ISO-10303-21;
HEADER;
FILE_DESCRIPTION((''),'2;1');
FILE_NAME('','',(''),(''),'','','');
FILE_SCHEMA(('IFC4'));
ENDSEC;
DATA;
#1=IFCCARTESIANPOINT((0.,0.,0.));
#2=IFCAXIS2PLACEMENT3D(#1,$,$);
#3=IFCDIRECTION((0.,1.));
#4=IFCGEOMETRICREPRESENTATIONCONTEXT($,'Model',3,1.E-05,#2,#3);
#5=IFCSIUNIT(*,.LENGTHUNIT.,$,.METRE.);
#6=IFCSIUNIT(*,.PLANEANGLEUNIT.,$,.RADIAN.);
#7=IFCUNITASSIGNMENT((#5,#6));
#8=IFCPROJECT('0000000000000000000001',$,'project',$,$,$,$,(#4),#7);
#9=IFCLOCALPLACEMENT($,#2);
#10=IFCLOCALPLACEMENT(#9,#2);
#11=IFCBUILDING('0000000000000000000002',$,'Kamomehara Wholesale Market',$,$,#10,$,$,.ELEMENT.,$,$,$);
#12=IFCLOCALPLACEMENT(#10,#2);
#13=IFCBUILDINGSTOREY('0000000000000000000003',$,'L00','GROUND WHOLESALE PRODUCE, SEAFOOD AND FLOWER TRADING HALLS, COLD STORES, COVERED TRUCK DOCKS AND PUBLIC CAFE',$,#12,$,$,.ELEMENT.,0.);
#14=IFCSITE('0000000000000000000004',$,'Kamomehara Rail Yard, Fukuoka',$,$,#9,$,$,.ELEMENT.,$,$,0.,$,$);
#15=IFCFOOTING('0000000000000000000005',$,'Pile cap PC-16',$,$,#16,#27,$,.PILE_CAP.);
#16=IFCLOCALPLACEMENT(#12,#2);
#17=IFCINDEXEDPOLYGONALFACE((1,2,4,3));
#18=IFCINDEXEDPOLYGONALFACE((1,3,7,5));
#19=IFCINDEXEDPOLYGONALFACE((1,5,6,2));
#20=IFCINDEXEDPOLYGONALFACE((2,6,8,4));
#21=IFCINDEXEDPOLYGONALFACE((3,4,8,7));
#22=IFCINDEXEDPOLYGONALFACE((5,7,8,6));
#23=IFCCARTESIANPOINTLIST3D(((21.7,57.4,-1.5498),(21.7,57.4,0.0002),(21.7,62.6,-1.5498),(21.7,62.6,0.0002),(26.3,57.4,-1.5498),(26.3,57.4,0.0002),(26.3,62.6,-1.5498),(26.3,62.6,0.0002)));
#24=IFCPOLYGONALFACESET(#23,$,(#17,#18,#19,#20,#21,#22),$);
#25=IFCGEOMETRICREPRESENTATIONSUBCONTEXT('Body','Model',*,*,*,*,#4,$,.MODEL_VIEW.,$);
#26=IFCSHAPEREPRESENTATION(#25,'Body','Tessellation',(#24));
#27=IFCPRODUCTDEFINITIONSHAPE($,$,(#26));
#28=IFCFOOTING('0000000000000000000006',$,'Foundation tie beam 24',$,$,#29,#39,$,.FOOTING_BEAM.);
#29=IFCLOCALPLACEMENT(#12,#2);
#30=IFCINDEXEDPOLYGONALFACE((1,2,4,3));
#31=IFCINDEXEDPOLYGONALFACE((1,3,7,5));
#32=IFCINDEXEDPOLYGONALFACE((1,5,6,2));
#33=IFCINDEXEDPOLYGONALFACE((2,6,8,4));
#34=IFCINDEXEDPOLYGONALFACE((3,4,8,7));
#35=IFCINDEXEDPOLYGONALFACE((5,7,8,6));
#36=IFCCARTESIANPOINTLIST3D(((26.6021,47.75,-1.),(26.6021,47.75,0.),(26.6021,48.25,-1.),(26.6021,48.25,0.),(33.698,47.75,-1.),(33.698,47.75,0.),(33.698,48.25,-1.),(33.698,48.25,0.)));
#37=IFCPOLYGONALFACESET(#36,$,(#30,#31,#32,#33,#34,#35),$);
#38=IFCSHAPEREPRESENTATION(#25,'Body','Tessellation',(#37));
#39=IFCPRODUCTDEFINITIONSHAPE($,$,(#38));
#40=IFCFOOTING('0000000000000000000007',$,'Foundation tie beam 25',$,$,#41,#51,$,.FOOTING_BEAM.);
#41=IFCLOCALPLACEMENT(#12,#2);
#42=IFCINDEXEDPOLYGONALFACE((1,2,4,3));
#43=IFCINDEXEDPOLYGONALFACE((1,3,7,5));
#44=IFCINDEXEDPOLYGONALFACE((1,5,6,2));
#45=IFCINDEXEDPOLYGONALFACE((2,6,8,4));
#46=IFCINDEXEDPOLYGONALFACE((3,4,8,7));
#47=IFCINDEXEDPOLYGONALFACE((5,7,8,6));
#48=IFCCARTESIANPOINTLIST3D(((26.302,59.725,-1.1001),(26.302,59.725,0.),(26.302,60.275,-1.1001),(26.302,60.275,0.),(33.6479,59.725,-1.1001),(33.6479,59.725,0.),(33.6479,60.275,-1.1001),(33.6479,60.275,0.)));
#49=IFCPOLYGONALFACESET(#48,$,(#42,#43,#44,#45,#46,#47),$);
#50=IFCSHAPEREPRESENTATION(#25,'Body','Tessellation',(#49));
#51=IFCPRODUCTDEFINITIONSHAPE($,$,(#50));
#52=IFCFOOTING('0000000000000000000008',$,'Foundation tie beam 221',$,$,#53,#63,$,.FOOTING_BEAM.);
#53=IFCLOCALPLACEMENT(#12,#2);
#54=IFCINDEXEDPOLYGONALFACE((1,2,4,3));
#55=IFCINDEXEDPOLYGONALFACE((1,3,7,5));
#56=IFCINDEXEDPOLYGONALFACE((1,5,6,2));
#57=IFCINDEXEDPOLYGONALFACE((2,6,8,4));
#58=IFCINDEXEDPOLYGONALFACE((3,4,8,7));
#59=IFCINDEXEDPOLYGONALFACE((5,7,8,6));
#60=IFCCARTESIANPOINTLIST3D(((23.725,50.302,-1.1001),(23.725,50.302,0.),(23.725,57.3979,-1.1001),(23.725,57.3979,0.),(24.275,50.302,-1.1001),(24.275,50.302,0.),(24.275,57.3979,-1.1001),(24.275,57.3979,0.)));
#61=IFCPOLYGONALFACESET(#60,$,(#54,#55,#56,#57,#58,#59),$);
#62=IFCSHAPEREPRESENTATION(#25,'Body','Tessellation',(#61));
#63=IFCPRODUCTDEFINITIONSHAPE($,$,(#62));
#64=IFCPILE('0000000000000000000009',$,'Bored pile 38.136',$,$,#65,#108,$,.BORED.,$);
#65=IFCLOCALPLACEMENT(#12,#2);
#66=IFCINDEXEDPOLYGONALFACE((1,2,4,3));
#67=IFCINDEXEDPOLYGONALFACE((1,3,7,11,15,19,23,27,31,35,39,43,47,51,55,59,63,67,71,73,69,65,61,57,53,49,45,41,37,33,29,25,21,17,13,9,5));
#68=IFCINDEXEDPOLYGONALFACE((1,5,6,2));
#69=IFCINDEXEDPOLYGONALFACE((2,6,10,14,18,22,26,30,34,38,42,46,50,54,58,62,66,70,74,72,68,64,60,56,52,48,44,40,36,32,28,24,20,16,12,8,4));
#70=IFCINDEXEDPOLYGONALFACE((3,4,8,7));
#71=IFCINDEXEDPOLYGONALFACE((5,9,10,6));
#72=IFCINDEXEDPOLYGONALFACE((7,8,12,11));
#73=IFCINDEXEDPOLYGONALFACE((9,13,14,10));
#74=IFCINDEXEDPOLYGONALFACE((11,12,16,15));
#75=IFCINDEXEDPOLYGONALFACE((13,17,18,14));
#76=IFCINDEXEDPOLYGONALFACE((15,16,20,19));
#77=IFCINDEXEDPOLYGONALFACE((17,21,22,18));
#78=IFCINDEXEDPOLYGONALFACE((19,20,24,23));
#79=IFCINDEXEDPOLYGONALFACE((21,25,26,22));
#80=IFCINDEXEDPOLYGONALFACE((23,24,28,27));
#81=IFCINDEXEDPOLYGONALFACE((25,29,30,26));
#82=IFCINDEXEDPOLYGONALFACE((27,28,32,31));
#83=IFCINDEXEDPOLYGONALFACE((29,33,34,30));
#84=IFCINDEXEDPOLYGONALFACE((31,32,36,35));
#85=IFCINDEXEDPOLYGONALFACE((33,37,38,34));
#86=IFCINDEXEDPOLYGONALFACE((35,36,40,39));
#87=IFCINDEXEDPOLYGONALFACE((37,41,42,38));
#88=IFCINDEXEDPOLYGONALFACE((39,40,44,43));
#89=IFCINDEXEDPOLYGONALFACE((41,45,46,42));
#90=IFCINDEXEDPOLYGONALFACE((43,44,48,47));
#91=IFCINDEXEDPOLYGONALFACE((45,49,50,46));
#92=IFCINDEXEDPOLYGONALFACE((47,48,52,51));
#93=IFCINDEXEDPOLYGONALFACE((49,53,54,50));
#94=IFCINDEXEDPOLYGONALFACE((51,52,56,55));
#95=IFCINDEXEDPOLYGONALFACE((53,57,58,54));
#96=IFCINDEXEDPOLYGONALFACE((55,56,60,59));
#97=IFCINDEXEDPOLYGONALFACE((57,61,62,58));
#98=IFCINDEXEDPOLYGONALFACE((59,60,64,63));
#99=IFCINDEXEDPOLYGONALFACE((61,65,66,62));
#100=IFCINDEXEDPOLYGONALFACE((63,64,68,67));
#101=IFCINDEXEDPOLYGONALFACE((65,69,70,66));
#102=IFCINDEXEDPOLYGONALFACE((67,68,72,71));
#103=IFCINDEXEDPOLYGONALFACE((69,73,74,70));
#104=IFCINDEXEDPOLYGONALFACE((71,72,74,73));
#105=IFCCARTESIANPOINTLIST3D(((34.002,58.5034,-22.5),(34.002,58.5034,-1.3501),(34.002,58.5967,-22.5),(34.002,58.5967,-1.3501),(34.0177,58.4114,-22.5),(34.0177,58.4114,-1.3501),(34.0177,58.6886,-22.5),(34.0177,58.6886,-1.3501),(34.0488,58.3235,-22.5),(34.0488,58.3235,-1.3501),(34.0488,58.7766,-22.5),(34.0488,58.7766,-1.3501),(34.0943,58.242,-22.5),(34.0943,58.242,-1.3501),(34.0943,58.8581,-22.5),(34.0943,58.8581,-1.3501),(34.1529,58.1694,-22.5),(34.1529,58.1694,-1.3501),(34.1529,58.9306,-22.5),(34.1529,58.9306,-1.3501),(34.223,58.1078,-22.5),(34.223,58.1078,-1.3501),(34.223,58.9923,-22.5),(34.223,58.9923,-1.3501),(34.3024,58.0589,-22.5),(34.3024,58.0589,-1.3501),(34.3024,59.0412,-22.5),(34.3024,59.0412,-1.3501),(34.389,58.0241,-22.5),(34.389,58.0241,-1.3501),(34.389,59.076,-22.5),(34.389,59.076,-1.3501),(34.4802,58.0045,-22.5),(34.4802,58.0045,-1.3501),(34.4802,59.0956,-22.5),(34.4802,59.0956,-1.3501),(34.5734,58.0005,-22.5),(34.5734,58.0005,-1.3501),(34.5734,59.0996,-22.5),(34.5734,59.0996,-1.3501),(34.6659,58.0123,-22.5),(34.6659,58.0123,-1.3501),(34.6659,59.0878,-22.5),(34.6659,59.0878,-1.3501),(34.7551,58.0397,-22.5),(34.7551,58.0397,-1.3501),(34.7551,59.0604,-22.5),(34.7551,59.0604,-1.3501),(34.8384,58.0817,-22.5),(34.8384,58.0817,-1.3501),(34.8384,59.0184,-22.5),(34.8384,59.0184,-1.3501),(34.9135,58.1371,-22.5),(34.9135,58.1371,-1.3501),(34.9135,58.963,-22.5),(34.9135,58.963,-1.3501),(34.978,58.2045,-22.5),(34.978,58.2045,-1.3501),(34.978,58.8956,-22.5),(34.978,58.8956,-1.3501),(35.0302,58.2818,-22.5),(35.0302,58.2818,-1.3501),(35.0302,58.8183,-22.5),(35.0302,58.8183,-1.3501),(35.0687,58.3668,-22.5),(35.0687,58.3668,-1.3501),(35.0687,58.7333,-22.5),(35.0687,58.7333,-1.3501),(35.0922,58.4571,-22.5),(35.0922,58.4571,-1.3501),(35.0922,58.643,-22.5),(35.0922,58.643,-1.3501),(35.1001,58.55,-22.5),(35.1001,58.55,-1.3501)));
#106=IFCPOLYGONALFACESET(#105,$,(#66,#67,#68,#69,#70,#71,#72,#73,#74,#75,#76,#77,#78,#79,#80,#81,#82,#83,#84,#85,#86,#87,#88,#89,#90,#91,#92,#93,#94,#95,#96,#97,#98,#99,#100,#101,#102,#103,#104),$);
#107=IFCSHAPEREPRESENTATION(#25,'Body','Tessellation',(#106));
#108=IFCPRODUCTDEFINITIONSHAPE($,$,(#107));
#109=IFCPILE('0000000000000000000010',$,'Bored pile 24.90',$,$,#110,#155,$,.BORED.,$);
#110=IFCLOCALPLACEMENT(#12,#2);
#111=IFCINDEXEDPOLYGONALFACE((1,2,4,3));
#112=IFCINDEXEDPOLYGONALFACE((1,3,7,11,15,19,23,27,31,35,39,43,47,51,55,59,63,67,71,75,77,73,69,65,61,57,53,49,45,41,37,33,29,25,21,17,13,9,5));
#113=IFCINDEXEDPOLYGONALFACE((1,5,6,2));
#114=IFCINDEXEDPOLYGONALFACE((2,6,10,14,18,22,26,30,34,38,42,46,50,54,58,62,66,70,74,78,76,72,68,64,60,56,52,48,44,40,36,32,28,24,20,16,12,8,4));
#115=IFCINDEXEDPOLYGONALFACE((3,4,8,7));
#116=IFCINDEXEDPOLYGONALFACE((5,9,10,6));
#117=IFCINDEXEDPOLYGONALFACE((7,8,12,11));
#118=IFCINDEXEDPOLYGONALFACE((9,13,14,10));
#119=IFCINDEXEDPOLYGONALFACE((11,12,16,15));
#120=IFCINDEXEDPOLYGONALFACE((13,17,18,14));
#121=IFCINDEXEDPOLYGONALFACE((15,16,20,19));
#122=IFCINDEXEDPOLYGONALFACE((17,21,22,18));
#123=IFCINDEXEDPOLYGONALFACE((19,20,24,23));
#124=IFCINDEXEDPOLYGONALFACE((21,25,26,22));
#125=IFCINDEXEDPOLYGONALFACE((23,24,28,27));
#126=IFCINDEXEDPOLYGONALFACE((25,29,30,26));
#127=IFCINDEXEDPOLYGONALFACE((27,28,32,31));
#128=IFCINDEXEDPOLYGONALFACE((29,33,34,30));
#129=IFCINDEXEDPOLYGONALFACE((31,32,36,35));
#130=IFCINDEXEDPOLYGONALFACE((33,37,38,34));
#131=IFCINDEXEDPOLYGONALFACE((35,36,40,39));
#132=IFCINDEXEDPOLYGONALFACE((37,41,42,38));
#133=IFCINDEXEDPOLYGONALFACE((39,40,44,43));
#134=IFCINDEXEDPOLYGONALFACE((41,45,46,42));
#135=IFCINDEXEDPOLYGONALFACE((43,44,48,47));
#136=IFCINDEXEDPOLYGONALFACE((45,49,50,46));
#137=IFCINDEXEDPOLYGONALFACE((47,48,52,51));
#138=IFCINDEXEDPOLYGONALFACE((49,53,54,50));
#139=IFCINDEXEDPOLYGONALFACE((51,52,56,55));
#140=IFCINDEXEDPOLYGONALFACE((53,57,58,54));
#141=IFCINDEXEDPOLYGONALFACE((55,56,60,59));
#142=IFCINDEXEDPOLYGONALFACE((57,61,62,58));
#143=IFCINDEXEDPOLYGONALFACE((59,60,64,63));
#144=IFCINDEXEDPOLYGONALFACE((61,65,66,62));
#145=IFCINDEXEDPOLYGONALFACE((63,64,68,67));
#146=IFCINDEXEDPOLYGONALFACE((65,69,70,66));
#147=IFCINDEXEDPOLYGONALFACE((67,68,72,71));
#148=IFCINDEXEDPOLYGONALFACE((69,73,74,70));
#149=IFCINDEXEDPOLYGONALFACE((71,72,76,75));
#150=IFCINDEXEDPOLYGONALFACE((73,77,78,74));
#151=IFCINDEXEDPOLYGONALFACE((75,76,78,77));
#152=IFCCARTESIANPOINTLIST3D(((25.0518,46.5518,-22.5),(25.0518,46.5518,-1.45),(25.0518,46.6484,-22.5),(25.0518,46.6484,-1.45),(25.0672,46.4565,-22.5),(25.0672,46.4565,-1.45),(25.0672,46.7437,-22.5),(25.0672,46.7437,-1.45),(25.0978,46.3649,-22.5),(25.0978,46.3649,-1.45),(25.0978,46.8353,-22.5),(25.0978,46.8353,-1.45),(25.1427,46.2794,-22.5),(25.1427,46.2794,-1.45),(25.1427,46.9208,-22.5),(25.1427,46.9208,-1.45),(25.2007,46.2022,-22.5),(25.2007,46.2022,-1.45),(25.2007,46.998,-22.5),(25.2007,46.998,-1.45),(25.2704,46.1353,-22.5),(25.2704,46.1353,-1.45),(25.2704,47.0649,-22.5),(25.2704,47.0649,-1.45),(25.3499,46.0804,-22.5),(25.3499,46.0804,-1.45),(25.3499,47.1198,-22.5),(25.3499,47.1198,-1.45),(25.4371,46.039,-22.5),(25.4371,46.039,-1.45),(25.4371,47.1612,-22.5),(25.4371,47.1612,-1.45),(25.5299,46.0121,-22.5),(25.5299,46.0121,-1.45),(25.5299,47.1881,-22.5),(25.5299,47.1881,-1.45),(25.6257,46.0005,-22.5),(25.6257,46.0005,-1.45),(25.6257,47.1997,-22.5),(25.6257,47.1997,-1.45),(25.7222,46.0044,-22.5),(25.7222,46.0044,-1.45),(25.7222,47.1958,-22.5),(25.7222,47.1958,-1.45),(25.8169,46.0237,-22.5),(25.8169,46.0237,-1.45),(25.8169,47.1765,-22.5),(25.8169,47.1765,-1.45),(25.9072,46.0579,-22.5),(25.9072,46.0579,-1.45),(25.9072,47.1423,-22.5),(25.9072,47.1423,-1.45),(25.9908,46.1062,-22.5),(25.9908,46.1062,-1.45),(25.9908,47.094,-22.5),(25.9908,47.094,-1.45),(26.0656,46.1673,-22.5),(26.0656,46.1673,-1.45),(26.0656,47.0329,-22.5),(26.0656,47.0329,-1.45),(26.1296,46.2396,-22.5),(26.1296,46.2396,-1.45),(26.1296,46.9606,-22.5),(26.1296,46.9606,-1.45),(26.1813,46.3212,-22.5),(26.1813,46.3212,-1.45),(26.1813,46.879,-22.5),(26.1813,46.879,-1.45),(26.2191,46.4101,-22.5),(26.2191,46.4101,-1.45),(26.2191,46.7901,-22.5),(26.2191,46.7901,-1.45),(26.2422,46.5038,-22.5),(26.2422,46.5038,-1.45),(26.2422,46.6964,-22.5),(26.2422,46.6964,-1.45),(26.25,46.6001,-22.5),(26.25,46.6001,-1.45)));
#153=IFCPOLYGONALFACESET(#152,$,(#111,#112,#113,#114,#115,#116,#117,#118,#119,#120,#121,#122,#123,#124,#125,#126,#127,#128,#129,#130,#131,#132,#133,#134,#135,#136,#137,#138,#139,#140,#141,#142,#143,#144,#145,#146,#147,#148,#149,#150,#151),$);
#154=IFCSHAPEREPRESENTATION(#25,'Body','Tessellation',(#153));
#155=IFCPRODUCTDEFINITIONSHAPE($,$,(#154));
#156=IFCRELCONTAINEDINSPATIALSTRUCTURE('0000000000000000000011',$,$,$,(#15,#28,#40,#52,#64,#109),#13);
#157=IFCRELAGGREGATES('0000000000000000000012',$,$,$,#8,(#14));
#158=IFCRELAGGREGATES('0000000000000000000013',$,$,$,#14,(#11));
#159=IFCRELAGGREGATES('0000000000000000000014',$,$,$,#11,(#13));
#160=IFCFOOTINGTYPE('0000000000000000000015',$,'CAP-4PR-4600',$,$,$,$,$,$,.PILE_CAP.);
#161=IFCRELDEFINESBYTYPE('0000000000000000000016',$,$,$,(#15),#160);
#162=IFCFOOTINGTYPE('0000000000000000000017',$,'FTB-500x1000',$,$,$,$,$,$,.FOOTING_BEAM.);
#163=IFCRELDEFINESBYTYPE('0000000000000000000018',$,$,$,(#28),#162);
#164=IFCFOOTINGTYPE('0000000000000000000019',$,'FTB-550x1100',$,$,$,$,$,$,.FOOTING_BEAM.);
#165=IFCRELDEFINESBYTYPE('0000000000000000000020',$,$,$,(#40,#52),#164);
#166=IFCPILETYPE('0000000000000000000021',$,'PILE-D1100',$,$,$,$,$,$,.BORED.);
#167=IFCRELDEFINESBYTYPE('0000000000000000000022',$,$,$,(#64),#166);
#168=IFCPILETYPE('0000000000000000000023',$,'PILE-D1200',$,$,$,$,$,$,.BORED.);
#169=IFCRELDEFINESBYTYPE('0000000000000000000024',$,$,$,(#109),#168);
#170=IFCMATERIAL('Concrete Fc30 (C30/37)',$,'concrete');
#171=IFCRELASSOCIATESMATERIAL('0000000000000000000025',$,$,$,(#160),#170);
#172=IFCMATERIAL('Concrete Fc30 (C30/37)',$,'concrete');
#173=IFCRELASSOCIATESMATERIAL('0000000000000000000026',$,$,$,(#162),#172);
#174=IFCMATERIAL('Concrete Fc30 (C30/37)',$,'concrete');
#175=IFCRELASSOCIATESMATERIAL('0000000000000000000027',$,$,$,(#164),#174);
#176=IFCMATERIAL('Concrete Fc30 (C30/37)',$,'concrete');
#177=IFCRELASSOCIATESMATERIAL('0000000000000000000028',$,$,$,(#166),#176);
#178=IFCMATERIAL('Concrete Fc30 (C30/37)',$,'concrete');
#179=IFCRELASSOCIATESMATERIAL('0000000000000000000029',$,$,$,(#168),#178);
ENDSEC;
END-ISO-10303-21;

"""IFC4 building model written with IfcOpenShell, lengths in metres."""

from ifc_helpers import new_model, si_unit, direction, frame, origin, origin_2d, place, context, subcontext, project, spatial, rectangle, circle, extrude, material, material_profile, profile_set, type_object, element, save


model = new_model("IFC4")

# Units and contexts
model_context = context("Model", 3, precision=1e-05, world=origin(), true_north=direction((0.0, 1.0)))
body_context = subcontext(model_context, "Body", "Model", "MODEL_VIEW")
ifc_project = project(units=[si_unit("LENGTHUNIT", "METRE"), si_unit("PLANEANGLEUNIT", "RADIAN")], contexts=[model_context])

# Site, building, storey
site_placement = place(None, origin())
site = spatial("IfcSite", under=ifc_project, at=site_placement, Name="Kamomehara Rail Yard, Fukuoka", CompositionType="ELEMENT", RefElevation=0.0)
building_placement = place(site_placement, origin())
building = spatial("IfcBuilding", under=site, at=building_placement, Name="Kamomehara Wholesale Market", CompositionType="ELEMENT")
storey_placement = place(building_placement, origin())
storey = spatial("IfcBuildingStorey", under=building, at=storey_placement, Name="L00", Description="GROUND WHOLESALE PRODUCE, SEAFOOD AND FLOWER TRADING HALLS, COLD STORES, COVERED TRUCK DOCKS AND PUBLIC CAFE", CompositionType="ELEMENT", Elevation=0.0)

# Footings
ifc_material_1 = material(Name="Concrete Fc30 (C30/37)", Category="concrete")
footing_type_1 = type_object("IfcFootingType", Name="CAP-4PR-4600", PredefinedType="PILE_CAP", material=ifc_material_1)
footing_1_placement = place(storey_placement, frame((24.0, 60.0, -1.5498), z_axis=(0.0, 0.0, 1.0), x_axis=(1.0, 0.0, 0.0)))
element("IfcFooting", 1, at=footing_1_placement, inside=storey, type_object=footing_type_1, Name="Pile cap PC-16", PredefinedType="PILE_CAP", context=body_context, shape_type="SweptSolid", body=[
    extrude(rectangle(XDim=4.6001, YDim=5.2, at=origin_2d()), origin(), (0.0, 0.0, 1.0), 1.55),
])
ifc_material_2 = material(Name="Concrete Fc30 (C30/37)", Category="concrete")
ifc_material_profile_1 = material_profile(ifc_material_2, rectangle(XDim=0.5, YDim=1.0, at=origin_2d()), Name="RC-FTB-500x1000")
ifc_profile_set_1 = profile_set([ifc_material_profile_1], Name="Concrete Fc30 (C30/37)")
footing_type_2 = type_object("IfcFootingType", Name="FTB-500x1000", PredefinedType="FOOTING_BEAM", material=ifc_profile_set_1)
footing_2_placement = place(storey_placement, frame((26.6021, 48.0, -0.5), z_axis=(1.0, 0.0, 0.0), x_axis=(0.0, 1.0, 0.0)))
element("IfcFooting", 2, at=footing_2_placement, inside=storey, type_object=footing_type_2, Name="Foundation tie beam 24", PredefinedType="FOOTING_BEAM", context=body_context, shape_type="SweptSolid", body=[
    extrude(rectangle(XDim=0.5, YDim=1.0, at=origin_2d()), origin(), (0.0, 0.0, 1.0), 7.0959),
])
ifc_material_3 = material(Name="Concrete Fc30 (C30/37)", Category="concrete")
ifc_material_profile_2 = material_profile(ifc_material_3, rectangle(XDim=0.55, YDim=1.1001, at=origin_2d()), Name="RC-FTB-550x1100")
ifc_profile_set_2 = profile_set([ifc_material_profile_2], Name="Concrete Fc30 (C30/37)")
footing_type_3 = type_object("IfcFootingType", Name="FTB-550x1100", PredefinedType="FOOTING_BEAM", material=ifc_profile_set_2)
footing_3_placement = place(storey_placement, frame((26.302, 60.0, -0.55), z_axis=(1.0, 0.0, 0.0), x_axis=(0.0, 1.0, 0.0)))
element("IfcFooting", 3, at=footing_3_placement, inside=storey, type_object=footing_type_3, Name="Foundation tie beam 25", PredefinedType="FOOTING_BEAM", context=body_context, shape_type="SweptSolid", body=[
    extrude(rectangle(XDim=0.55, YDim=1.1001, at=origin_2d()), origin(), (0.0, 0.0, 1.0), 7.3459),
])
footing_4_placement = place(storey_placement, frame((24.0, 50.302, -0.55), z_axis=(0.0, 1.0, 0.0), x_axis=(-1.0, 0.0, 0.0)))
element("IfcFooting", 4, at=footing_4_placement, inside=storey, type_object=footing_type_3, Name="Foundation tie beam 221", PredefinedType="FOOTING_BEAM", context=body_context, shape_type="SweptSolid", body=[
    extrude(rectangle(XDim=0.55, YDim=1.1001, at=origin_2d()), origin(), (0.0, 0.0, 1.0), 7.0959),
])

# Piles
ifc_material_4 = material(Name="Concrete Fc30 (C30/37)", Category="concrete")
ifc_material_profile_3 = material_profile(ifc_material_4, circle(Radius=0.55, at=origin_2d()), Name="RC-PILE-D1100")
ifc_profile_set_3 = profile_set([ifc_material_profile_3], Name="Concrete Fc30 (C30/37)")
pile_type_1 = type_object("IfcPileType", Name="PILE-D1100", PredefinedType="BORED", material=ifc_profile_set_3)
pile_placement = place(storey_placement, frame((34.55, 58.55, -1.3501), z_axis=(0.0, 0.0, -1.0), x_axis=(1.0, 0.0, 0.0)))
element("IfcPile", 5, at=pile_placement, inside=storey, type_object=pile_type_1, Name="Bored pile 38.136", PredefinedType="BORED", context=body_context, shape_type="SweptSolid", body=[
    extrude(circle(Radius=0.55, at=origin_2d()), origin(), (0.0, 0.0, 1.0), 21.1499),
])
ifc_material_5 = material(Name="Concrete Fc30 (C30/37)", Category="concrete")
ifc_material_profile_4 = material_profile(ifc_material_5, circle(Radius=0.6001, at=origin_2d()), Name="RC-PILE-D1200")
ifc_profile_set_4 = profile_set([ifc_material_profile_4], Name="Concrete Fc30 (C30/37)")
pile_type_2 = type_object("IfcPileType", Name="PILE-D1200", PredefinedType="BORED", material=ifc_profile_set_4)
for number, where, z_axis, x_axis, name in (
    (6, (25.6499, 46.6001, -1.45), (0.0, 0.0, -1.0), (1.0, 0.0, 0.0), "Bored pile 24.90"),
):
    element("IfcPile", number, at=place(storey_placement, frame(where, z_axis=z_axis, x_axis=x_axis)), inside=storey, type_object=pile_type_2, Name=name, PredefinedType="BORED", context=body_context, shape_type="SweptSolid", body=[
        extrude(circle(Radius=0.6001, at=origin_2d()), origin(), (0.0, 0.0, 1.0), 21.05),
    ])

save(model, "model.ifc")
